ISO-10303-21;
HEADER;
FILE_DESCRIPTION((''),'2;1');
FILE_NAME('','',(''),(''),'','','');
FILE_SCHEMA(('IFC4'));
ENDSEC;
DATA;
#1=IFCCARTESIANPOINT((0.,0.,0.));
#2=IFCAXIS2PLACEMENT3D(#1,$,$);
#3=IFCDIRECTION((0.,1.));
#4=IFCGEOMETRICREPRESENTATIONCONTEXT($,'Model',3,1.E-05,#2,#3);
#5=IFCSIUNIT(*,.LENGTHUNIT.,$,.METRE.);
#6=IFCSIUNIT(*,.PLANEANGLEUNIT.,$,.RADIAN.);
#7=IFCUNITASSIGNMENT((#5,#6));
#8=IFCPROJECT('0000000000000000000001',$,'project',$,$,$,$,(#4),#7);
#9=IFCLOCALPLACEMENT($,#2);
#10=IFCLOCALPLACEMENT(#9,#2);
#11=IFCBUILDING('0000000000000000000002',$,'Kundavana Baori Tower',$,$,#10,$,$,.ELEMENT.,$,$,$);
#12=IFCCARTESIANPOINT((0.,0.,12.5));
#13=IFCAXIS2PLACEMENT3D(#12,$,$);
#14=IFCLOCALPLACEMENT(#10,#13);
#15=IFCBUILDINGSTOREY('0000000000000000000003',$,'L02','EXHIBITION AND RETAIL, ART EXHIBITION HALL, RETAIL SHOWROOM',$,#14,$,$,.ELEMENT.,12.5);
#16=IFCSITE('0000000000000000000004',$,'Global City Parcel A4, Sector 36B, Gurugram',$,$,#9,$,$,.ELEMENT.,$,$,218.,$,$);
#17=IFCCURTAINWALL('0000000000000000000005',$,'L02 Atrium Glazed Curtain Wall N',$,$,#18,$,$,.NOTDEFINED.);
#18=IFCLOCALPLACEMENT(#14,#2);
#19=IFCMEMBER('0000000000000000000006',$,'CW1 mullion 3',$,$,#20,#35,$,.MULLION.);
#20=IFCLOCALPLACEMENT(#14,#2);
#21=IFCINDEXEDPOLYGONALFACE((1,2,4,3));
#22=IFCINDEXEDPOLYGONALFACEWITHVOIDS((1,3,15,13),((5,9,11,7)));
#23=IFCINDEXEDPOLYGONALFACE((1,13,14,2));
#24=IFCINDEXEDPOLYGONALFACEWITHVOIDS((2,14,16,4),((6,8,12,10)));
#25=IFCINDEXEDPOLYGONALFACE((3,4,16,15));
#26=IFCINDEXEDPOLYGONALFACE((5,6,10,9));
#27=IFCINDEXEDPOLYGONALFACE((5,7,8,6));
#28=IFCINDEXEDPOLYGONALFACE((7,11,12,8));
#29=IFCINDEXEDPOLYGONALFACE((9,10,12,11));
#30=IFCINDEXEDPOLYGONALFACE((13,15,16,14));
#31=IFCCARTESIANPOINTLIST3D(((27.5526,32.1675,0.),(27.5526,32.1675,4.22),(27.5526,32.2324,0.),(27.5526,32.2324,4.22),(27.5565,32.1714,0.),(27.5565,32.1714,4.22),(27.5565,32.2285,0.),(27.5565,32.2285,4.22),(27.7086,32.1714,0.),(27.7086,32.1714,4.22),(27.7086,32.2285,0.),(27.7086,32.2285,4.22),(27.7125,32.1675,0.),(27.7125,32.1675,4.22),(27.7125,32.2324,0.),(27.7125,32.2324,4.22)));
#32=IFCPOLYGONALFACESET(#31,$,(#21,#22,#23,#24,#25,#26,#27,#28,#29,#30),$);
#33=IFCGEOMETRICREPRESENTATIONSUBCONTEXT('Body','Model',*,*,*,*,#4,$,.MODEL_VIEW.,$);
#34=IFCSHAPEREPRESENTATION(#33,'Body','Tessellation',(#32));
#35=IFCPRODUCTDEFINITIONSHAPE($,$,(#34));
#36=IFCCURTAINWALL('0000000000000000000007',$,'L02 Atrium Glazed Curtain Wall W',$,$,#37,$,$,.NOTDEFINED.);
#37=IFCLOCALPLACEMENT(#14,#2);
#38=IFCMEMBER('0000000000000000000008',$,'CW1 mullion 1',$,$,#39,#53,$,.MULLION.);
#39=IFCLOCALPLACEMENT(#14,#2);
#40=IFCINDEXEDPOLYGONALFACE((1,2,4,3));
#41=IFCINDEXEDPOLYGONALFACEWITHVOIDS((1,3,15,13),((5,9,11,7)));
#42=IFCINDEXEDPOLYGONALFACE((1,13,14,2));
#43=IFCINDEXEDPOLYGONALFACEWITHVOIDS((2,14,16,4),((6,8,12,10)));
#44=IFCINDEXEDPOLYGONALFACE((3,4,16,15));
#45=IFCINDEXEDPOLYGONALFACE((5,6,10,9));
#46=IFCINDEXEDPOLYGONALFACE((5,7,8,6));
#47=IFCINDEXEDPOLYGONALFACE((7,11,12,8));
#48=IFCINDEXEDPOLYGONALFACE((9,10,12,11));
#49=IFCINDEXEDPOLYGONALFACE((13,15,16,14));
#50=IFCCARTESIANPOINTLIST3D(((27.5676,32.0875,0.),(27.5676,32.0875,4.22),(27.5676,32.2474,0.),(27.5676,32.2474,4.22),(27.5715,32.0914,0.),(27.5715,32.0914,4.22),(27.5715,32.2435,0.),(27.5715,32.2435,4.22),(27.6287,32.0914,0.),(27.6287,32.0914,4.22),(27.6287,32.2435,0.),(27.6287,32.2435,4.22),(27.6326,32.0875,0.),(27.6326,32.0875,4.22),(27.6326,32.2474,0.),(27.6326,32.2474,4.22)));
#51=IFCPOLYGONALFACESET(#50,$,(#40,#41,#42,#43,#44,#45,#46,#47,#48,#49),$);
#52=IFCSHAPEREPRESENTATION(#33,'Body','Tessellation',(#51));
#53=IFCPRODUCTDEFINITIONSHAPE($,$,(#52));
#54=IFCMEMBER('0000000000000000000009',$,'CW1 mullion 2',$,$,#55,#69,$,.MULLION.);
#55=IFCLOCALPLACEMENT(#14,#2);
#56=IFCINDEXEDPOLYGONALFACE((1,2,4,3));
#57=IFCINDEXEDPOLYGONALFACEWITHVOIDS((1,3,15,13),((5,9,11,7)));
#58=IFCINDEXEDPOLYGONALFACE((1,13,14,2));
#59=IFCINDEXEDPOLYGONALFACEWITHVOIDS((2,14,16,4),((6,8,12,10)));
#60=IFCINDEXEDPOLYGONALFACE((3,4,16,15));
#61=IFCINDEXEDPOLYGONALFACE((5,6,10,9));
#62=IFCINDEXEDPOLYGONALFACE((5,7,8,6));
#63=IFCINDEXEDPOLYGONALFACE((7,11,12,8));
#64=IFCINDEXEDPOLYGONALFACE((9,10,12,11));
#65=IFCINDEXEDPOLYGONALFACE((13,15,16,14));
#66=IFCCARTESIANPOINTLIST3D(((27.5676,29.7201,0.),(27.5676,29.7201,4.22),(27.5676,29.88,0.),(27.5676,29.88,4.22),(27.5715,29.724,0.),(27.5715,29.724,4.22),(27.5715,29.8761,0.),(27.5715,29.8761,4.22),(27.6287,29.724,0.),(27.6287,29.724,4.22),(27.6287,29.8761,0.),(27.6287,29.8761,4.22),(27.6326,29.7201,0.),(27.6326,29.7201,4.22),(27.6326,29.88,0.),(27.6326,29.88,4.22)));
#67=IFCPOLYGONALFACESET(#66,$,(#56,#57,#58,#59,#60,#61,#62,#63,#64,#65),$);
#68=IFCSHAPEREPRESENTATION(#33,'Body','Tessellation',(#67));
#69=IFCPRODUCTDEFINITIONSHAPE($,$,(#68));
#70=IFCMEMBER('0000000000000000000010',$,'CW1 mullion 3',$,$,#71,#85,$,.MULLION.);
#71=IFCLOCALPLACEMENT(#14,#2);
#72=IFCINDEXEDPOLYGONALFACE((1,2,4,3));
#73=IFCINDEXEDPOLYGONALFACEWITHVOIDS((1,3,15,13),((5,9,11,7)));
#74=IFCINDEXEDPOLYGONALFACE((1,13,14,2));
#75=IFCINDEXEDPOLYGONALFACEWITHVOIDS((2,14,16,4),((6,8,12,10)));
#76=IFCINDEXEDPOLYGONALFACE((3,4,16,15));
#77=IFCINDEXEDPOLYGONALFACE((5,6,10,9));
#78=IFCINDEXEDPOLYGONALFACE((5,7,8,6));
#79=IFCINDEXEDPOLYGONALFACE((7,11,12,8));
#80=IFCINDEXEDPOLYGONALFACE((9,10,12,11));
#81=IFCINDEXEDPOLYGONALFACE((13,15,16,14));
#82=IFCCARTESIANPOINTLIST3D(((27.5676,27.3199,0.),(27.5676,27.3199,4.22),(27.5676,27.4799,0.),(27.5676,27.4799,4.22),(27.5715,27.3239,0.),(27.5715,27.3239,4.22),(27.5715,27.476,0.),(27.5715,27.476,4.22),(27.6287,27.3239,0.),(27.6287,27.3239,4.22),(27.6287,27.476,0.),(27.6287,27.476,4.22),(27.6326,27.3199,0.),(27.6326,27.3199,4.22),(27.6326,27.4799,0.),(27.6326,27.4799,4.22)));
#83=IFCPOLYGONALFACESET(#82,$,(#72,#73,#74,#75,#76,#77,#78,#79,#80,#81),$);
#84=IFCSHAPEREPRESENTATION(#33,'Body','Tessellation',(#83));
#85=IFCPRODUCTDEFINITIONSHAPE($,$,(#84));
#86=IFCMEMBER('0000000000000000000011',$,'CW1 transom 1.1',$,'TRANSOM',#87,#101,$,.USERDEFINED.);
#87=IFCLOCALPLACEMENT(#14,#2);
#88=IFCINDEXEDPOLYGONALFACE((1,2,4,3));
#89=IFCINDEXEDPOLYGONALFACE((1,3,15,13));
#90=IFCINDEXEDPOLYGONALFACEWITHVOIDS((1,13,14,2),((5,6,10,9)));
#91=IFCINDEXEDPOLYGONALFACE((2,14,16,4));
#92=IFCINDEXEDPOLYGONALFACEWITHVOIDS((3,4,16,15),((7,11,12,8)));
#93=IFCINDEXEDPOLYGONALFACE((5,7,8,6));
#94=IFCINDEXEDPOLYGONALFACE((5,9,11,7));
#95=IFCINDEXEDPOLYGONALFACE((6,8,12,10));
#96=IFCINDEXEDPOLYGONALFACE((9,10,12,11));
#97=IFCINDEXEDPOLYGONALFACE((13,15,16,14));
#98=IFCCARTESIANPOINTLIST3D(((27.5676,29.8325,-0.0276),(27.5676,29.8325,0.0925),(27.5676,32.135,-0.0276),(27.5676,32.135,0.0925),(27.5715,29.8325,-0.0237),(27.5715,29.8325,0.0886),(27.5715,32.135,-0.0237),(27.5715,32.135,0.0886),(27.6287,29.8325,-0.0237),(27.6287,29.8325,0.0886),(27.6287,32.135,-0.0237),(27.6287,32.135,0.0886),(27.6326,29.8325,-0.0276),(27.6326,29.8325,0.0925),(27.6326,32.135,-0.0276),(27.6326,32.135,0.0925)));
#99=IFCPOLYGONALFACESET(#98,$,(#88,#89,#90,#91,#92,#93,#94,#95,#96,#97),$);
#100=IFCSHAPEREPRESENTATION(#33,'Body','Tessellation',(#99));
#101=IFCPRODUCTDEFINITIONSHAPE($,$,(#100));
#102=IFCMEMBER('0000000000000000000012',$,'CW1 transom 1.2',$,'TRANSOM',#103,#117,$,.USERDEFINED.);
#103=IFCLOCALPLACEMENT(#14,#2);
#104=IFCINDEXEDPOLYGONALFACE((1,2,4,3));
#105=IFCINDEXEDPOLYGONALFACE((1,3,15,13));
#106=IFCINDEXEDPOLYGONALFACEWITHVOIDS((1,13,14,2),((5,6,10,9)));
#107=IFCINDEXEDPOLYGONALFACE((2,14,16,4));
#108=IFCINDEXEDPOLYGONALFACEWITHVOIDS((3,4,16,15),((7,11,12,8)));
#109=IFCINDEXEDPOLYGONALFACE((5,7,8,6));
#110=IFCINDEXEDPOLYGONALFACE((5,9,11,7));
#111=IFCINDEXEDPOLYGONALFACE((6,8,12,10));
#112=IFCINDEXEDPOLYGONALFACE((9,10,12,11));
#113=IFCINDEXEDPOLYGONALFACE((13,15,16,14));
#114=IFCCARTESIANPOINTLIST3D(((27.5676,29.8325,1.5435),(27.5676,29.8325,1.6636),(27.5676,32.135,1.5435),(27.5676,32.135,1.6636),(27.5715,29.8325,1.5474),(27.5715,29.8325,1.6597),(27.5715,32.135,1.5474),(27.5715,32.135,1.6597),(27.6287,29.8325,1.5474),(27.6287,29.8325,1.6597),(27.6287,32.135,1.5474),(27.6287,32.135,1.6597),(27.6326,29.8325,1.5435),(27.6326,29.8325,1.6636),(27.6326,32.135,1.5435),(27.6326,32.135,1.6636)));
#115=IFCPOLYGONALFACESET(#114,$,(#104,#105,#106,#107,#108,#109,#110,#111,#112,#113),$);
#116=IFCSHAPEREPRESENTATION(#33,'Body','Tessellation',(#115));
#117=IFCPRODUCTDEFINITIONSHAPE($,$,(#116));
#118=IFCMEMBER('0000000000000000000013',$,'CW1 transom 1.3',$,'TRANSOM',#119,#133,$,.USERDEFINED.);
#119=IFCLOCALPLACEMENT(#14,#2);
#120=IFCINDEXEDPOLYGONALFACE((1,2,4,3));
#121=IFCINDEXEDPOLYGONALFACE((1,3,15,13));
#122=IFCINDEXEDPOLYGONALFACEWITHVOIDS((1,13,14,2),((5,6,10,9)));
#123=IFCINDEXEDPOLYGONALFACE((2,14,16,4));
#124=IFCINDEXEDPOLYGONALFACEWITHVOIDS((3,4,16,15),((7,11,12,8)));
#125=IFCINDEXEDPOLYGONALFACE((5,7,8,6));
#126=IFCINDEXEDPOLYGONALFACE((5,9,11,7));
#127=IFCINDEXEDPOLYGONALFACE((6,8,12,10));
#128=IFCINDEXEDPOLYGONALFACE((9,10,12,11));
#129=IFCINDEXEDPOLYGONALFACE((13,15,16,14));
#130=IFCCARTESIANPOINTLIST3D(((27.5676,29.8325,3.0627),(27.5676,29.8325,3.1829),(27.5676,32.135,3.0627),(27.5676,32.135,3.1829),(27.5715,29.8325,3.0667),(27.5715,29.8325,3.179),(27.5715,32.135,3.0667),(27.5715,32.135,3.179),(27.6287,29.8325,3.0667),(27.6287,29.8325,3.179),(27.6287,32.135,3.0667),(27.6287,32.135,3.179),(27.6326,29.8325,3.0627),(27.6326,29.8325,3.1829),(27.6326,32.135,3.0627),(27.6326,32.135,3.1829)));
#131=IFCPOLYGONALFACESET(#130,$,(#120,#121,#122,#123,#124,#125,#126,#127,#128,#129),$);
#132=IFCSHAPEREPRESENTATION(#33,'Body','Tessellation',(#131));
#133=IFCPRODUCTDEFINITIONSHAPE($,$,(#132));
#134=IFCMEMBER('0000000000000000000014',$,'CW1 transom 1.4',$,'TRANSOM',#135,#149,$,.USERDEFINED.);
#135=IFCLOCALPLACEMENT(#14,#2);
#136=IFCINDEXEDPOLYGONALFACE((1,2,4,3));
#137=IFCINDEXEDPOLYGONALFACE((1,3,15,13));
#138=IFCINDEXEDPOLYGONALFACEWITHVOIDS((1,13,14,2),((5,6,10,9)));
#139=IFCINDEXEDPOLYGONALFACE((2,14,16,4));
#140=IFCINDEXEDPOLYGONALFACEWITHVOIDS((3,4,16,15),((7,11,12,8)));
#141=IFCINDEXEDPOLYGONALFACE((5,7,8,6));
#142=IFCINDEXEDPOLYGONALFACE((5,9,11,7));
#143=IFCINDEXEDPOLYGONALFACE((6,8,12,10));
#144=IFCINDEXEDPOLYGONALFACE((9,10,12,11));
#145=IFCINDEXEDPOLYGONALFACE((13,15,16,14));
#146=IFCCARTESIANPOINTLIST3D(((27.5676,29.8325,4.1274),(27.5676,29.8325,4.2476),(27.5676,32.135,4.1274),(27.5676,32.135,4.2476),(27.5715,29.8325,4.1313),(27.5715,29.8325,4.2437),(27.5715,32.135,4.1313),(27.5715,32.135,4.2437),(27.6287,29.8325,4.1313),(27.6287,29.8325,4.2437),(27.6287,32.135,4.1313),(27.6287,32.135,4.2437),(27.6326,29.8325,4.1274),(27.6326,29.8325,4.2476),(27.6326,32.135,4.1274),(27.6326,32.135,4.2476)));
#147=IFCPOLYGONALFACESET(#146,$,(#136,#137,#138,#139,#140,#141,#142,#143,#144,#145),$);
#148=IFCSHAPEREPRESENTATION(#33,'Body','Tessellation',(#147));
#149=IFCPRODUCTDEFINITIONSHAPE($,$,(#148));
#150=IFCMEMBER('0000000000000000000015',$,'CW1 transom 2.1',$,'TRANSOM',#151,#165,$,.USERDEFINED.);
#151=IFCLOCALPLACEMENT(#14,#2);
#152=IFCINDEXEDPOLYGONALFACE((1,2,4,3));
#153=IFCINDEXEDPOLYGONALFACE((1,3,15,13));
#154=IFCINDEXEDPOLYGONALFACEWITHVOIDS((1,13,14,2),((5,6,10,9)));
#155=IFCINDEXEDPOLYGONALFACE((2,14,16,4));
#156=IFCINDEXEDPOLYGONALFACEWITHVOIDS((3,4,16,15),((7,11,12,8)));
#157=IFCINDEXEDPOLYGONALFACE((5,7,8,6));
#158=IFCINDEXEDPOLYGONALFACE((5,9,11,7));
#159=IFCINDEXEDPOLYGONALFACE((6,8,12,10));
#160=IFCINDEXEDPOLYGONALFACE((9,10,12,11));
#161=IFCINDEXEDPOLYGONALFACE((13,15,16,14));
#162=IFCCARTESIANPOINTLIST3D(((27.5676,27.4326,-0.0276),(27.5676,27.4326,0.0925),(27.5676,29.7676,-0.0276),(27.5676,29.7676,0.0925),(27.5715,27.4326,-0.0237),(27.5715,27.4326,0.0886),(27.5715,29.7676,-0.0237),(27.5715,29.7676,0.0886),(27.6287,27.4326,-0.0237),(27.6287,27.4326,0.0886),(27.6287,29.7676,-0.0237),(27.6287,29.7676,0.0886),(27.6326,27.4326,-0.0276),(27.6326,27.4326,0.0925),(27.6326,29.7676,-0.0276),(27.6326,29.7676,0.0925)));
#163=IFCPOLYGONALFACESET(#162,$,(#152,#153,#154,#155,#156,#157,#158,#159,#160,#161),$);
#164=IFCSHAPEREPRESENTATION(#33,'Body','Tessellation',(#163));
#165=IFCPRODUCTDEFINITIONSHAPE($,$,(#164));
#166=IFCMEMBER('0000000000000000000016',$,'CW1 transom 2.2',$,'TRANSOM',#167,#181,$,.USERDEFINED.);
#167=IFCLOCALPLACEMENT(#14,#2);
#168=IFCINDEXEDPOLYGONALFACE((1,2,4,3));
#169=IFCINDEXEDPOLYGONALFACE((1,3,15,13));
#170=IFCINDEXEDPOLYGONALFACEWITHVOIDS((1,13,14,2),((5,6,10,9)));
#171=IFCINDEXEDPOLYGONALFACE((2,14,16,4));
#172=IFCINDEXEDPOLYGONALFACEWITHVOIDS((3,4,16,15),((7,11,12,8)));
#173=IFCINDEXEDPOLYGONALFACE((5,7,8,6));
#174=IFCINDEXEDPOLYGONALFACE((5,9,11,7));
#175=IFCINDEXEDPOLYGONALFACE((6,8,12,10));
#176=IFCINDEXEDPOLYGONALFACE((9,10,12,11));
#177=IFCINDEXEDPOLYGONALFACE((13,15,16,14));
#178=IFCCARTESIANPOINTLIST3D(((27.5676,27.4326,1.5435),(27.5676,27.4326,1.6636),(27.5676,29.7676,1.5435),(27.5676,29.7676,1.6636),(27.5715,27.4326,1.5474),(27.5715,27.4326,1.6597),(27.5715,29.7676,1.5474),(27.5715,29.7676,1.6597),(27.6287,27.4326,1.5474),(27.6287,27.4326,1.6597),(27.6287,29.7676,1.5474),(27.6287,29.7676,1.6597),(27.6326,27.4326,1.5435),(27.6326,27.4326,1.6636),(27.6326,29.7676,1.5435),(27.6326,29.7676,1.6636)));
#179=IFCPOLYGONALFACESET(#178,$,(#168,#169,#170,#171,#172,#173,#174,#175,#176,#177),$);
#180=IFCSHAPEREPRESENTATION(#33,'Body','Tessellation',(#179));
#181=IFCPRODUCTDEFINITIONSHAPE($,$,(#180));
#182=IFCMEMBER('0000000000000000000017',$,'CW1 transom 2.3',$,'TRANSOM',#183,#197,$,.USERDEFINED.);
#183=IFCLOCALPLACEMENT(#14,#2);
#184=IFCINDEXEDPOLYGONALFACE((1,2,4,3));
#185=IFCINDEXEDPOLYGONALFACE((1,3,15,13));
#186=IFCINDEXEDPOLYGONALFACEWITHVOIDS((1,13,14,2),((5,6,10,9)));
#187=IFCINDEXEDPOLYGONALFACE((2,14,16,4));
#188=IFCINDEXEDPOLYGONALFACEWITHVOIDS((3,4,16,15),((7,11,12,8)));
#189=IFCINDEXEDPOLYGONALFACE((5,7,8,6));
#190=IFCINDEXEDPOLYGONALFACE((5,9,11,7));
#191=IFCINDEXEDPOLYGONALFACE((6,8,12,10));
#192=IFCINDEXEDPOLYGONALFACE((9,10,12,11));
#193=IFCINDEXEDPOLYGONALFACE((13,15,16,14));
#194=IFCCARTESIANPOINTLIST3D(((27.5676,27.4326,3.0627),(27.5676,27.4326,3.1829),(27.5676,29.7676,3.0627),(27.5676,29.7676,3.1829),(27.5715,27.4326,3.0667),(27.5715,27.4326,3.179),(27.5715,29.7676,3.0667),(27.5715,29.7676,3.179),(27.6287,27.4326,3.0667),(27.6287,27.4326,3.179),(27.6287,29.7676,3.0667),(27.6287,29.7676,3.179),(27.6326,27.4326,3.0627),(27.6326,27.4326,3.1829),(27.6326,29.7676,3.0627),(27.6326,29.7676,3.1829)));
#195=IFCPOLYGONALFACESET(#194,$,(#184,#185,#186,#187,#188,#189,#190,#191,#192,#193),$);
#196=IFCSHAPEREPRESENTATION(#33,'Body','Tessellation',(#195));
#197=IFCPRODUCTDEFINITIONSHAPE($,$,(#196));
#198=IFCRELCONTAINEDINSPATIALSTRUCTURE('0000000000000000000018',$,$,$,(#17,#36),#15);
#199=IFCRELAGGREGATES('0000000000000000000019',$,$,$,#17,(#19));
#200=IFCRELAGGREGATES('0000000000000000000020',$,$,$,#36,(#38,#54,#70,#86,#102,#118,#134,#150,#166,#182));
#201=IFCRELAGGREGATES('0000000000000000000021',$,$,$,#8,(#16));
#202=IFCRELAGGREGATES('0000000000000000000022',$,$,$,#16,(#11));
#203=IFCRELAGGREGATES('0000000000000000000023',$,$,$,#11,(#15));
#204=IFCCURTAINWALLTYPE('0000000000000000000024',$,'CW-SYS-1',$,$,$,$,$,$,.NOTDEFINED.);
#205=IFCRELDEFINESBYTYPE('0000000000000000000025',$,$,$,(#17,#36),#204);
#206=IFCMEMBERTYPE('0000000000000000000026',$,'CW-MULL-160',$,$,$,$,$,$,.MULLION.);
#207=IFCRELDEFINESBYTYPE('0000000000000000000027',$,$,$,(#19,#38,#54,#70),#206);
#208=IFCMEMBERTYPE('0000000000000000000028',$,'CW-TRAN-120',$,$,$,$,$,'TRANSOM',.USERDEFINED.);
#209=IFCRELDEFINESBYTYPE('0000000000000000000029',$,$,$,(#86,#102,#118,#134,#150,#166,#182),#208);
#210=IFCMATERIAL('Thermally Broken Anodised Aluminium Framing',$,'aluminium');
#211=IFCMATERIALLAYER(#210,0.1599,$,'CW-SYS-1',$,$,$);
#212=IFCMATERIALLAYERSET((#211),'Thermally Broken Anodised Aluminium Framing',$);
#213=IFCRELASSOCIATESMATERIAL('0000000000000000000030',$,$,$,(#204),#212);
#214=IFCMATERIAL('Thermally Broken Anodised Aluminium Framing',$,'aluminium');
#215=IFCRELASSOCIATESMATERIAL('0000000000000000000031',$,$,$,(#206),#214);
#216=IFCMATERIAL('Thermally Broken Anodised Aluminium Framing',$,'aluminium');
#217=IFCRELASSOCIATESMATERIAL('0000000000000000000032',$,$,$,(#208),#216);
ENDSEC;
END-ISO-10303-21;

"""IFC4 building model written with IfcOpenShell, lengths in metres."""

from ifc_helpers import new_model, si_unit, direction, frame, origin, origin_2d, place, context, subcontext, project, spatial, hollow_rectangle, extrude, material, layer, layer_set, material_profile, profile_set, type_object, element, aggregate, save


model = new_model("IFC4")

# Units and contexts
model_context = context("Model", 3, precision=1e-05, world=origin(), true_north=direction((0.0, 1.0)))
body_context = subcontext(model_context, "Body", "Model", "MODEL_VIEW")
ifc_project = project(units=[si_unit("LENGTHUNIT", "METRE"), si_unit("PLANEANGLEUNIT", "RADIAN")], contexts=[model_context])

# Site, building, storey
site_placement = place(None, origin())
site = spatial("IfcSite", under=ifc_project, at=site_placement, Name="Global City Parcel A4, Sector 36B, Gurugram", CompositionType="ELEMENT", RefElevation=218.0)
building_placement = place(site_placement, origin())
building = spatial("IfcBuilding", under=site, at=building_placement, Name="Kundavana Baori Tower", CompositionType="ELEMENT")
storey_placement = place(building_placement, frame((0.0, 0.0, 12.5)))
storey = spatial("IfcBuildingStorey", under=building, at=storey_placement, Name="L02", Description="EXHIBITION AND RETAIL, ART EXHIBITION HALL, RETAIL SHOWROOM", CompositionType="ELEMENT", Elevation=12.5)

# Curtain wall, member
ifc_material_1 = material(Name="Thermally Broken Anodised Aluminium Framing", Category="aluminium")
ifc_layer_1 = layer(ifc_material_1, 0.1599, Name="CW-SYS-1")
ifc_layer_set_1 = layer_set([ifc_layer_1], Name="Thermally Broken Anodised Aluminium Framing")
curtain_wall_type = type_object("IfcCurtainWallType", Name="CW-SYS-1", PredefinedType="NOTDEFINED", material=ifc_layer_set_1)
curtain_wall_1_placement = place(storey_placement, origin())
curtain_wall_1 = element("IfcCurtainWall", 1, at=curtain_wall_1_placement, inside=storey, type_object=curtain_wall_type, Name="L02 Atrium Glazed Curtain Wall N", PredefinedType="NOTDEFINED")
ifc_material_2 = material(Name="Thermally Broken Anodised Aluminium Framing", Category="aluminium")
ifc_material_profile_1 = material_profile(ifc_material_2, hollow_rectangle(XDim=0.0649, YDim=0.1599, WallThickness=0.0039, at=origin_2d()), Name="CW-MULL-160")
ifc_profile_set_1 = profile_set([ifc_material_profile_1], Name="Thermally Broken Anodised Aluminium Framing")
member_type_1 = type_object("IfcMemberType", Name="CW-MULL-160", PredefinedType="MULLION", material=ifc_profile_set_1)
member_1_placement = place(storey_placement, frame((27.6326, 32.2, 0.0), z_axis=(0.0, 0.0, 1.0), x_axis=(0.0, -1.0, 0.0)))
member_1 = element("IfcMember", 2, at=member_1_placement, type_object=member_type_1, Name="CW1 mullion 3", PredefinedType="MULLION", context=body_context, shape_type="SweptSolid", body=[
    extrude(hollow_rectangle(XDim=0.0649, YDim=0.1599, WallThickness=0.0039, at=origin_2d()), origin(), (0.0, 0.0, 1.0), 4.22),
])
aggregate(curtain_wall_1, [member_1])

# Curtain wall, members
curtain_wall_2_placement = place(storey_placement, origin())
curtain_wall_2 = element("IfcCurtainWall", 3, at=curtain_wall_2_placement, inside=storey, type_object=curtain_wall_type, Name="L02 Atrium Glazed Curtain Wall W", PredefinedType="NOTDEFINED")
member_2_placement = place(storey_placement, frame((27.6001, 32.1675, 0.0), z_axis=(0.0, 0.0, 1.0), x_axis=(1.0, 0.0, 0.0)))
member_2 = element("IfcMember", 4, at=member_2_placement, type_object=member_type_1, Name="CW1 mullion 1", PredefinedType="MULLION", context=body_context, shape_type="SweptSolid", body=[
    extrude(hollow_rectangle(XDim=0.0649, YDim=0.1599, WallThickness=0.0039, at=origin_2d()), origin(), (0.0, 0.0, 1.0), 4.22),
])
member_3_placement = place(storey_placement, frame((27.6001, 29.8, 0.0), z_axis=(0.0, 0.0, 1.0), x_axis=(1.0, 0.0, 0.0)))
member_3 = element("IfcMember", 5, at=member_3_placement, type_object=member_type_1, Name="CW1 mullion 2", PredefinedType="MULLION", context=body_context, shape_type="SweptSolid", body=[
    extrude(hollow_rectangle(XDim=0.0649, YDim=0.1599, WallThickness=0.0039, at=origin_2d()), origin(), (0.0, 0.0, 1.0), 4.22),
])
member_4_placement = place(storey_placement, frame((27.6001, 27.3999, 0.0), z_axis=(0.0, 0.0, 1.0), x_axis=(1.0, 0.0, 0.0)))
member_4 = element("IfcMember", 6, at=member_4_placement, type_object=member_type_1, Name="CW1 mullion 3", PredefinedType="MULLION", context=body_context, shape_type="SweptSolid", body=[
    extrude(hollow_rectangle(XDim=0.0649, YDim=0.1599, WallThickness=0.0039, at=origin_2d()), origin(), (0.0, 0.0, 1.0), 4.22),
])
ifc_material_3 = material(Name="Thermally Broken Anodised Aluminium Framing", Category="aluminium")
ifc_material_profile_2 = material_profile(ifc_material_3, hollow_rectangle(XDim=0.0649, YDim=0.1201, WallThickness=0.0039, at=origin_2d()), Name="CW-TRAN-120")
ifc_profile_set_2 = profile_set([ifc_material_profile_2], Name="Thermally Broken Anodised Aluminium Framing")
member_type_2 = type_object("IfcMemberType", Name="CW-TRAN-120", ElementType="TRANSOM", PredefinedType="USERDEFINED", material=ifc_profile_set_2)
member_5_placement = place(storey_placement, frame((27.6001, 32.135, 0.0325), z_axis=(0.0, -1.0, 0.0), x_axis=(1.0, 0.0, 0.0)))
member_5 = element("IfcMember", 7, at=member_5_placement, type_object=member_type_2, Name="CW1 transom 1.1", ObjectType="TRANSOM", PredefinedType="USERDEFINED", context=body_context, shape_type="SweptSolid", body=[
    extrude(hollow_rectangle(XDim=0.0649, YDim=0.1201, WallThickness=0.0039, at=origin_2d()), origin(), (0.0, 0.0, 1.0), 2.3025),
])
member_6_placement = place(storey_placement, frame((27.6001, 32.135, 1.6035), z_axis=(0.0, -1.0, 0.0), x_axis=(1.0, 0.0, 0.0)))
member_6 = element("IfcMember", 8, at=member_6_placement, type_object=member_type_2, Name="CW1 transom 1.2", ObjectType="TRANSOM", PredefinedType="USERDEFINED", context=body_context, shape_type="SweptSolid", body=[
    extrude(hollow_rectangle(XDim=0.0649, YDim=0.1201, WallThickness=0.0039, at=origin_2d()), origin(), (0.0, 0.0, 1.0), 2.3025),
])
member_7_placement = place(storey_placement, frame((27.6001, 32.135, 3.1228), z_axis=(0.0, -1.0, 0.0), x_axis=(1.0, 0.0, 0.0)))
member_7 = element("IfcMember", 9, at=member_7_placement, type_object=member_type_2, Name="CW1 transom 1.3", ObjectType="TRANSOM", PredefinedType="USERDEFINED", context=body_context, shape_type="SweptSolid", body=[
    extrude(hollow_rectangle(XDim=0.0649, YDim=0.1201, WallThickness=0.0039, at=origin_2d()), origin(), (0.0, 0.0, 1.0), 2.3025),
])
member_8_placement = place(storey_placement, frame((27.6001, 32.135, 4.1875), z_axis=(0.0, -1.0, 0.0), x_axis=(1.0, 0.0, 0.0)))
member_8 = element("IfcMember", 10, at=member_8_placement, type_object=member_type_2, Name="CW1 transom 1.4", ObjectType="TRANSOM", PredefinedType="USERDEFINED", context=body_context, shape_type="SweptSolid", body=[
    extrude(hollow_rectangle(XDim=0.0649, YDim=0.1201, WallThickness=0.0039, at=origin_2d()), origin(), (0.0, 0.0, 1.0), 2.3025),
])
member_9_placement = place(storey_placement, frame((27.6001, 29.7676, 0.0325), z_axis=(0.0, -1.0, 0.0), x_axis=(1.0, 0.0, 0.0)))
member_9 = element("IfcMember", 11, at=member_9_placement, type_object=member_type_2, Name="CW1 transom 2.1", ObjectType="TRANSOM", PredefinedType="USERDEFINED", context=body_context, shape_type="SweptSolid", body=[
    extrude(hollow_rectangle(XDim=0.0649, YDim=0.1201, WallThickness=0.0039, at=origin_2d()), origin(), (0.0, 0.0, 1.0), 2.335),
])
member_10_placement = place(storey_placement, frame((27.6001, 29.7676, 1.6035), z_axis=(0.0, -1.0, 0.0), x_axis=(1.0, 0.0, 0.0)))
member_10 = element("IfcMember", 12, at=member_10_placement, type_object=member_type_2, Name="CW1 transom 2.2", ObjectType="TRANSOM", PredefinedType="USERDEFINED", context=body_context, shape_type="SweptSolid", body=[
    extrude(hollow_rectangle(XDim=0.0649, YDim=0.1201, WallThickness=0.0039, at=origin_2d()), origin(), (0.0, 0.0, 1.0), 2.335),
])
member_11_placement = place(storey_placement, frame((27.6001, 29.7676, 3.1228), z_axis=(0.0, -1.0, 0.0), x_axis=(1.0, 0.0, 0.0)))
member_11 = element("IfcMember", 13, at=member_11_placement, type_object=member_type_2, Name="CW1 transom 2.3", ObjectType="TRANSOM", PredefinedType="USERDEFINED", context=body_context, shape_type="SweptSolid", body=[
    extrude(hollow_rectangle(XDim=0.0649, YDim=0.1201, WallThickness=0.0039, at=origin_2d()), origin(), (0.0, 0.0, 1.0), 2.335),
])
aggregate(curtain_wall_2, [member_2, member_3, member_4, member_5, member_6, member_7, member_8, member_9, member_10, member_11])

save(model, "model.ifc")
